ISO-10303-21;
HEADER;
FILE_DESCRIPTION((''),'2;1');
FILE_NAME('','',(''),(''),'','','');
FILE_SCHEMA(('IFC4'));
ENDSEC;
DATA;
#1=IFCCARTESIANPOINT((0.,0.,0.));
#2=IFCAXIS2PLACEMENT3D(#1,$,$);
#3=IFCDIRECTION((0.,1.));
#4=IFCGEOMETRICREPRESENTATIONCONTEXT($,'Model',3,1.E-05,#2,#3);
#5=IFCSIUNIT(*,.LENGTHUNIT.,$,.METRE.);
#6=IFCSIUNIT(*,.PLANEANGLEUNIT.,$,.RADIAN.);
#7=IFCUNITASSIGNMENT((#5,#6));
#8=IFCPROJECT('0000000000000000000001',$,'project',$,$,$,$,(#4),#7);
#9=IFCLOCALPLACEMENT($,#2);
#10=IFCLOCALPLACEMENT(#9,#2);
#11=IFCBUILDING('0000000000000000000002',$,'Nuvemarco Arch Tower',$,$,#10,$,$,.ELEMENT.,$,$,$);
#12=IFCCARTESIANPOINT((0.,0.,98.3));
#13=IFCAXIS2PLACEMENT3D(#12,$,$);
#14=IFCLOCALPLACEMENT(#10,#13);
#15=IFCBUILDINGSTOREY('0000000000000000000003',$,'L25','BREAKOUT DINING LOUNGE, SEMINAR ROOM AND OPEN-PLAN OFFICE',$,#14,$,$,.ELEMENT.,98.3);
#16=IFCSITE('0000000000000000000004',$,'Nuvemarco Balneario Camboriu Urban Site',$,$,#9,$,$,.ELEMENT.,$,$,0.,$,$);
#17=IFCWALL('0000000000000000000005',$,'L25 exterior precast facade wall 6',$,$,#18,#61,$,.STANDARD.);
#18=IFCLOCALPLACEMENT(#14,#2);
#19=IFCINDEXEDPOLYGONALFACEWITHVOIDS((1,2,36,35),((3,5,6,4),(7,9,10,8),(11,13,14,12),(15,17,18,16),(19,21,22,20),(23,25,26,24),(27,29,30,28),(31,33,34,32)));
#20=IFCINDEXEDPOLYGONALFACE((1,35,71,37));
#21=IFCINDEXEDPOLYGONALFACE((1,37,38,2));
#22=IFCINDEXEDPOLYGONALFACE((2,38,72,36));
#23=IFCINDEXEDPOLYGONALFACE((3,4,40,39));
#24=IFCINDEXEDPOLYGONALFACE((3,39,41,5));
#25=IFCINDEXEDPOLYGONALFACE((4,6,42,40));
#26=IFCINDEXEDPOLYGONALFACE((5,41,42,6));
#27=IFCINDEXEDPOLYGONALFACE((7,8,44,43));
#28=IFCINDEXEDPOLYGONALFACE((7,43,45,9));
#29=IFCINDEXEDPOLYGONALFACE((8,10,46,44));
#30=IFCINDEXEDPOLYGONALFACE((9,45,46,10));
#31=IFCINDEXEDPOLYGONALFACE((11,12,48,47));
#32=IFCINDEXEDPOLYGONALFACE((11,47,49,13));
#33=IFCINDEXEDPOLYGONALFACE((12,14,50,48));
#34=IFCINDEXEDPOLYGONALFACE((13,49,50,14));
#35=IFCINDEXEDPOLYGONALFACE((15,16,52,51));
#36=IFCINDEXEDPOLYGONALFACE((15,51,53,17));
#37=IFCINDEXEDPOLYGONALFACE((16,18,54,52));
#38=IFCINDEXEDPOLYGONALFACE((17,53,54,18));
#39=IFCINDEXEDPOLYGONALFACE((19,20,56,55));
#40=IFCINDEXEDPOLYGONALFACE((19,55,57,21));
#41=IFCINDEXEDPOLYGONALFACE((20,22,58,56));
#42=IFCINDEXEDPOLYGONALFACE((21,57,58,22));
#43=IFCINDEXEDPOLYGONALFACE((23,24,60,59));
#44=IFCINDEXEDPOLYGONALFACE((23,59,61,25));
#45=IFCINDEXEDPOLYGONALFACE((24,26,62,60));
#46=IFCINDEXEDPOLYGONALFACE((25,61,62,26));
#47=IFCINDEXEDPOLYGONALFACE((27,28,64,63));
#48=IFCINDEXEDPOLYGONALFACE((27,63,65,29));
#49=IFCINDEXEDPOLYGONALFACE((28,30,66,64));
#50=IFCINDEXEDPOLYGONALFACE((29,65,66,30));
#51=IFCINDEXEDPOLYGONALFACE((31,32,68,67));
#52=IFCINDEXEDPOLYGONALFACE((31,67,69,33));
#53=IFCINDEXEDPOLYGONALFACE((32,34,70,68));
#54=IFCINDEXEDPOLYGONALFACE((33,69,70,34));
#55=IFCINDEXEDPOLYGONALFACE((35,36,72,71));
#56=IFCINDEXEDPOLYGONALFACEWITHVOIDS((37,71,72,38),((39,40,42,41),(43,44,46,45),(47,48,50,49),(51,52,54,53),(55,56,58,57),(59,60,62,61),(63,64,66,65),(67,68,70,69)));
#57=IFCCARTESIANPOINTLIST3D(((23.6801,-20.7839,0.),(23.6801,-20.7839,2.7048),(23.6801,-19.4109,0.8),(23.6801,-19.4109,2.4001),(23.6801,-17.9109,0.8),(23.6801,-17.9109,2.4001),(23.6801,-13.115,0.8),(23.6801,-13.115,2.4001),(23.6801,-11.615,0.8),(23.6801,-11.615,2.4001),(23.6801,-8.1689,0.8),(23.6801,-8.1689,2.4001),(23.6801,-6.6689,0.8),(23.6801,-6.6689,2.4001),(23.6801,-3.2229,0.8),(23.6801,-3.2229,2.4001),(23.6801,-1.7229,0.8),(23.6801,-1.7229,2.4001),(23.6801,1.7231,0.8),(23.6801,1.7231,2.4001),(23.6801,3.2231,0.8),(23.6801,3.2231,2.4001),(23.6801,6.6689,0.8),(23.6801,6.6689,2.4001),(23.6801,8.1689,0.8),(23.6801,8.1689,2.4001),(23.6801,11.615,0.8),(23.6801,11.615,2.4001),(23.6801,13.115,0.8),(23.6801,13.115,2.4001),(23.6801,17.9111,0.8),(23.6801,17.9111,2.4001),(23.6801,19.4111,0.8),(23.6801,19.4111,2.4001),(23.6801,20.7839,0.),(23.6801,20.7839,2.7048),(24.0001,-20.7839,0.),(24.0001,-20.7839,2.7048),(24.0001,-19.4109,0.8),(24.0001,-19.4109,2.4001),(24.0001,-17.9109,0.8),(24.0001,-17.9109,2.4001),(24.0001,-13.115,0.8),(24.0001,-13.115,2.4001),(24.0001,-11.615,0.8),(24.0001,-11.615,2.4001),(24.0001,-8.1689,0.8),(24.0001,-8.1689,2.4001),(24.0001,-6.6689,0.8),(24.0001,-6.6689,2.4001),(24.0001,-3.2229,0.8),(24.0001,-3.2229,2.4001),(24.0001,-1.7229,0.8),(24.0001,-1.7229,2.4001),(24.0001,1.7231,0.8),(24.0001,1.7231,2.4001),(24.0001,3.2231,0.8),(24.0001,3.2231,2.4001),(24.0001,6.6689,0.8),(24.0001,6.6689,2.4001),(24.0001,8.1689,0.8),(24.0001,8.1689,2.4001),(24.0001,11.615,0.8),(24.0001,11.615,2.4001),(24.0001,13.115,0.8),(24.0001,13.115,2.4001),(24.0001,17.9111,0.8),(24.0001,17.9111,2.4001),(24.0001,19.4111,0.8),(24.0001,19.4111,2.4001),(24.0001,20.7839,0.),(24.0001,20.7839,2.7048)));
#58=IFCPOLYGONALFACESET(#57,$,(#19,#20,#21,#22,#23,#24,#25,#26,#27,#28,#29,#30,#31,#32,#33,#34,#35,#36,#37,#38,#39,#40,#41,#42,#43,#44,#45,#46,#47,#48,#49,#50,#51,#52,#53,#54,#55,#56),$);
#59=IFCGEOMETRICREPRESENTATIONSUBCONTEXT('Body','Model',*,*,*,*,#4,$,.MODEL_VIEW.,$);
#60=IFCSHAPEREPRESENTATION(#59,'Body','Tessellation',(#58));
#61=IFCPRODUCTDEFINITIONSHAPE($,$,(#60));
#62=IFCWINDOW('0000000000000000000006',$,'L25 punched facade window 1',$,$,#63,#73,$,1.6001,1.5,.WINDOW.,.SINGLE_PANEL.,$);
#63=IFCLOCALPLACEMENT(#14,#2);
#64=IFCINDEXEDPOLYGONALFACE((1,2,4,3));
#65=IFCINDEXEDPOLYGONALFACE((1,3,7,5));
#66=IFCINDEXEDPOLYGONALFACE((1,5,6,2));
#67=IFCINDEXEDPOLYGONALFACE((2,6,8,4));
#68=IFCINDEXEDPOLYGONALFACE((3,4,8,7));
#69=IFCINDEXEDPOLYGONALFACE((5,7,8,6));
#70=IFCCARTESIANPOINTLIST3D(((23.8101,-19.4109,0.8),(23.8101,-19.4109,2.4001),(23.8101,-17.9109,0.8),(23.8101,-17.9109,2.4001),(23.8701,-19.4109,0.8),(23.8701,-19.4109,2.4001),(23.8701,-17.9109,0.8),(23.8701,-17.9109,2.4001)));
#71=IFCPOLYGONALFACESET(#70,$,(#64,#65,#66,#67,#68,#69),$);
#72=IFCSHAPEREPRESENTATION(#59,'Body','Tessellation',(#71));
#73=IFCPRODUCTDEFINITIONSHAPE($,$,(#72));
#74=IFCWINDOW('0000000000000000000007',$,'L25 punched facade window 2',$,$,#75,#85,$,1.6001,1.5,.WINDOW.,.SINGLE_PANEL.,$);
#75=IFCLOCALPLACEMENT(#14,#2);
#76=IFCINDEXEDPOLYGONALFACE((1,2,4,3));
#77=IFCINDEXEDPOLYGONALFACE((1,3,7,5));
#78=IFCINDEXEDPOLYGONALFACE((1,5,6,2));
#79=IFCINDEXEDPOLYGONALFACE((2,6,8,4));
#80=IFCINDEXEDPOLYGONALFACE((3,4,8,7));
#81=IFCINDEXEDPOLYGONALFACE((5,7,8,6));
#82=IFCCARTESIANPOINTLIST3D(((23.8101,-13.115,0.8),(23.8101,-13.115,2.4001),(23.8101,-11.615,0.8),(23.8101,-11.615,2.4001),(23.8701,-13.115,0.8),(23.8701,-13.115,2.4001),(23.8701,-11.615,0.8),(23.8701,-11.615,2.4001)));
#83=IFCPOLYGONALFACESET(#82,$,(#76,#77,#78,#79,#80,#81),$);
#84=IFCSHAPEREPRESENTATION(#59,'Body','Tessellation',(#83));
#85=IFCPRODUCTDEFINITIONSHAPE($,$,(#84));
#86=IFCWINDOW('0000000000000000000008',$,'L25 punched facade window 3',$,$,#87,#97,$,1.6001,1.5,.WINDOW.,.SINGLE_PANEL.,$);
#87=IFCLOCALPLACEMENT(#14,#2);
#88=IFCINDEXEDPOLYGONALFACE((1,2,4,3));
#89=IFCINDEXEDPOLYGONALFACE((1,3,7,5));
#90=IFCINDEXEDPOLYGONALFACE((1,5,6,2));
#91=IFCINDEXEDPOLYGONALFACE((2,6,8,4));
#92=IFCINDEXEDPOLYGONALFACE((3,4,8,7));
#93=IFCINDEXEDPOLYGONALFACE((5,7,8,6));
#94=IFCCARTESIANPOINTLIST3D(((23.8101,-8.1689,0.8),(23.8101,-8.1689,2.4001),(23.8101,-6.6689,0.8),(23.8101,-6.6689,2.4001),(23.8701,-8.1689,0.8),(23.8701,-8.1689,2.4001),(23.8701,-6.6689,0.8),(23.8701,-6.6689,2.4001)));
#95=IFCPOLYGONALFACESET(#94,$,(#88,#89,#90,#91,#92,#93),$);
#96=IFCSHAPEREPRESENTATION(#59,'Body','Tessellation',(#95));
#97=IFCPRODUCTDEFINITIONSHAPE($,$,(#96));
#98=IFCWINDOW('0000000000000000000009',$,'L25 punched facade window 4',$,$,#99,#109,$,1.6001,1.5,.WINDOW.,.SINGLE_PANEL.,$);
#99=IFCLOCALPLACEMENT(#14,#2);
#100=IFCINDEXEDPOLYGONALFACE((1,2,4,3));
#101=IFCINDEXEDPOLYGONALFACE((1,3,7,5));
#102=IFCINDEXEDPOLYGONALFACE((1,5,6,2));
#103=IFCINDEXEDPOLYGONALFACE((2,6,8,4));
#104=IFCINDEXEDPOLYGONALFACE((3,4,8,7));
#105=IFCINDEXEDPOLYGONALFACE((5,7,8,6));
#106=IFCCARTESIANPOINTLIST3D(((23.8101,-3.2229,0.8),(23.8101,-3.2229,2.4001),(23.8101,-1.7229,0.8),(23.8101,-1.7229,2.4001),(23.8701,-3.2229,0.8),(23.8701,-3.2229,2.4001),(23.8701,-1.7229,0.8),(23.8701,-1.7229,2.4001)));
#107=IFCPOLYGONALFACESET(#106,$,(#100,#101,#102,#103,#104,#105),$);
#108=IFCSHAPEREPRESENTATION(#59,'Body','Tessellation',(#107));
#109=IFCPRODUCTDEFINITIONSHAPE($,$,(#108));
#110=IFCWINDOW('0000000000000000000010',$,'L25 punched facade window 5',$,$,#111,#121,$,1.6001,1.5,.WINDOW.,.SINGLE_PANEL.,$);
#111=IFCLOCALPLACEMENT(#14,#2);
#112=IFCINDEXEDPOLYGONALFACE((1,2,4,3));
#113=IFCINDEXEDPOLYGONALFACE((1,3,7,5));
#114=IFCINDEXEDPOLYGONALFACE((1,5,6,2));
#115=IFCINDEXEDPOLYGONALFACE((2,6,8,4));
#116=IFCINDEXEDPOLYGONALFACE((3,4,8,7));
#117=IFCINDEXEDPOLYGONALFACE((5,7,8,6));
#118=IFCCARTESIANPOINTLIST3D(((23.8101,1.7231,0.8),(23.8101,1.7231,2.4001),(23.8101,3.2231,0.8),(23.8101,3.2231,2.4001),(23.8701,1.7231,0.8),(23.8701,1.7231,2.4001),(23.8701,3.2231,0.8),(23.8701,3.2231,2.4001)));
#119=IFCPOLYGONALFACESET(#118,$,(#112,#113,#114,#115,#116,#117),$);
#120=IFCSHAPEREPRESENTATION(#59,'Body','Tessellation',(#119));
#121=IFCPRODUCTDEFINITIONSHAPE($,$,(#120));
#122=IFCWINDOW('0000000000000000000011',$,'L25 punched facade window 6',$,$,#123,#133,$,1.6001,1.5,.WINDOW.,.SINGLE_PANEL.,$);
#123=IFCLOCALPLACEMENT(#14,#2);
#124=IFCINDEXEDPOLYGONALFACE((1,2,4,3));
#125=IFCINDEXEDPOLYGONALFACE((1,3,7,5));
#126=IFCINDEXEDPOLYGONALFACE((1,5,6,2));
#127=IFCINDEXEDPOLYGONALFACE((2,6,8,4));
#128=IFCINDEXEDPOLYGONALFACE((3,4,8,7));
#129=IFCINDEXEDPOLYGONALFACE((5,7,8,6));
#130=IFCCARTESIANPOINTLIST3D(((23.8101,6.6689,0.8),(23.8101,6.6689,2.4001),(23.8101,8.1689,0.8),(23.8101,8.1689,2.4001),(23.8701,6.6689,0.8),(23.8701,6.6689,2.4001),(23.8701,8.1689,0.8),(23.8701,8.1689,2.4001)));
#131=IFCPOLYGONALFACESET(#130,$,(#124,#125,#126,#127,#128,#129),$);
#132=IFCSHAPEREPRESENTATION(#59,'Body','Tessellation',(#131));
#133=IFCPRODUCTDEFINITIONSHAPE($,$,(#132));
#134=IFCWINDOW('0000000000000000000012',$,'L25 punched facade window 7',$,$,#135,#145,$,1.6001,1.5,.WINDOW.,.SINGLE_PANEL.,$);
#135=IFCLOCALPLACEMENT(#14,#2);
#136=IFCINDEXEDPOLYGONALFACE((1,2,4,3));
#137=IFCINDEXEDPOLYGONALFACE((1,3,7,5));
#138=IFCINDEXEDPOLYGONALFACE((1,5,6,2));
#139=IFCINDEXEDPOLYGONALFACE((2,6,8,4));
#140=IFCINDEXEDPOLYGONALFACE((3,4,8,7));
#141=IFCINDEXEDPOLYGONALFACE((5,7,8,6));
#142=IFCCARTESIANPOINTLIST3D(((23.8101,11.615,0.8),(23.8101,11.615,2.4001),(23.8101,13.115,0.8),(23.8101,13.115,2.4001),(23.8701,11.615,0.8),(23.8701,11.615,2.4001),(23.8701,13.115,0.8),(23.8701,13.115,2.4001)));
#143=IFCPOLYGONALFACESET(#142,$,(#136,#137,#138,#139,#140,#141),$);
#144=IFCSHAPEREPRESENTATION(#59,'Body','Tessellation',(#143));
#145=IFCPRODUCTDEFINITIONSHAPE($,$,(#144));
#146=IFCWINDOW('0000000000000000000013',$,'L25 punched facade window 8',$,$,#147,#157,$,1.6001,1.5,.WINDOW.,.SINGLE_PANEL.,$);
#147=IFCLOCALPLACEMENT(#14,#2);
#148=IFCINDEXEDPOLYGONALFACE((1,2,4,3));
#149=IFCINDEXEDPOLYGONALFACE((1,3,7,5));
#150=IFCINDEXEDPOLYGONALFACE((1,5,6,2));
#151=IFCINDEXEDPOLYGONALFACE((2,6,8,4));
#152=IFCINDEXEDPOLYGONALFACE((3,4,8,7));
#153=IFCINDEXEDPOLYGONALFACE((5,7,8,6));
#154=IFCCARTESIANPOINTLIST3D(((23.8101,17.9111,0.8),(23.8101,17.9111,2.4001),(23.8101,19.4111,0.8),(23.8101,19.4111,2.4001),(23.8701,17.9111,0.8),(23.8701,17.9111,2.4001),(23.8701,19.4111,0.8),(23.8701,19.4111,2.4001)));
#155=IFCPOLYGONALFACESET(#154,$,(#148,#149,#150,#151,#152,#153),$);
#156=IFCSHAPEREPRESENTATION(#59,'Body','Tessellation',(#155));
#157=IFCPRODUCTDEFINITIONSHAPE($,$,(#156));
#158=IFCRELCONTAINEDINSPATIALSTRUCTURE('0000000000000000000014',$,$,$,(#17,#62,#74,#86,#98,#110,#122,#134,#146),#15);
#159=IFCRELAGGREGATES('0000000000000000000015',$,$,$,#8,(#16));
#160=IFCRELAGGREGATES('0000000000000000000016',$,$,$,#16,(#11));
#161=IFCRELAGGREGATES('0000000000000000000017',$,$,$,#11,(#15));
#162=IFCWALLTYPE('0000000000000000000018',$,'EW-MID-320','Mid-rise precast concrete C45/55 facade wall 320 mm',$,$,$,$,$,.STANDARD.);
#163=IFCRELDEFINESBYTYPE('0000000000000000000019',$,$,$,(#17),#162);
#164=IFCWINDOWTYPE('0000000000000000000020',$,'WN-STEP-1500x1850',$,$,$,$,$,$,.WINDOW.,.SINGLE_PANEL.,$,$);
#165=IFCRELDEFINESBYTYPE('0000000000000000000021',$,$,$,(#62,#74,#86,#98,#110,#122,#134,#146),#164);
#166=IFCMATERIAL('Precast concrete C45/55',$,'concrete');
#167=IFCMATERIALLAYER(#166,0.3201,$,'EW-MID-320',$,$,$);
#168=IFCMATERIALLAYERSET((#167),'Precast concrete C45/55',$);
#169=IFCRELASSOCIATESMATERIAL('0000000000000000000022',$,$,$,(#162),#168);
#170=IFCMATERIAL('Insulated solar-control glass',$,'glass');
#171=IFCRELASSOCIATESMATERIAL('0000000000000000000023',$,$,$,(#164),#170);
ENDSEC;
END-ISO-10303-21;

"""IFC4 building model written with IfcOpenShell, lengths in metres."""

from ifc_helpers import new_model, si_unit, direction, frame, frame_2d, origin, place, context, subcontext, project, spatial, rectangle, extrude, source, transform, mapped, material, layer, layer_set, type_object, type_shapes, element, fill, save


model = new_model("IFC4")

# Units and contexts
model_context = context("Model", 3, precision=1e-05, world=origin(), true_north=direction((0.0, 1.0)))
body_context = subcontext(model_context, "Body", "Model", "MODEL_VIEW")
ifc_project = project(units=[si_unit("LENGTHUNIT", "METRE"), si_unit("PLANEANGLEUNIT", "RADIAN")], contexts=[model_context])

# Site, building, storey
site_placement = place(None, origin())
site = spatial("IfcSite", under=ifc_project, at=site_placement, Name="Nuvemarco Balneario Camboriu Urban Site", CompositionType="ELEMENT", RefElevation=0.0)
building_placement = place(site_placement, origin())
building = spatial("IfcBuilding", under=site, at=building_placement, Name="Nuvemarco Arch Tower", CompositionType="ELEMENT")
storey_placement = place(building_placement, frame((0.0, 0.0, 98.3)))
storey = spatial("IfcBuildingStorey", under=building, at=storey_placement, Name="L25", Description="BREAKOUT DINING LOUNGE, SEMINAR ROOM AND OPEN-PLAN OFFICE", CompositionType="ELEMENT", Elevation=98.3)

# Shared definitions
ifc_material_1 = material(Name="Precast concrete C45/55", Category="concrete")

# Shared definitions
ifc_layer_1 = layer(ifc_material_1, 0.3201, Name="EW-MID-320")
ifc_layer_set_1 = layer_set([ifc_layer_1], Name="Precast concrete C45/55")
wall_type_1 = type_object("IfcWallType", Name="EW-MID-320", Description="Mid-rise precast concrete C45/55 facade wall 320 mm", PredefinedType="STANDARD", material=ifc_layer_set_1)

# Wall, openings, windows
wall_1_placement = place(storey_placement, frame((23.8401, -20.7839, 0.0), z_axis=(0.0, 0.0, 1.0), x_axis=(0.0, 1.0, 0.0)))
wall_1 = element("IfcWall", 1, at=wall_1_placement, inside=storey, type_object=wall_type_1, Name="L25 exterior precast facade wall 6", PredefinedType="STANDARD", context=body_context, shape_type="SweptSolid", body=[
    extrude(rectangle(XDim=41.5679, YDim=0.3201, at=frame_2d((20.7839, 0.0))), origin(), (0.0, 0.0, 1.0), 2.7048),
])
opening_1_placement = place(wall_1_placement, frame((1.373, 0.0, 0.8)))
opening_1 = element("IfcOpeningElement", 2, at=opening_1_placement, cuts=wall_1, PredefinedType="OPENING", context=body_context, shape_type="SweptSolid", body=[
    extrude(rectangle(XDim=1.5, YDim=1.6001, at=frame_2d((0.75, 0.8))), frame((0.0, 0.1699, 0.0), z_axis=(0.0, -1.0, 0.0), x_axis=(1.0, 0.0, 0.0)), (0.0, 0.0, 1.0), 0.3401),
])
opening_2_placement = place(wall_1_placement, frame((7.6689, 0.0, 0.8)))
opening_2 = element("IfcOpeningElement", 3, at=opening_2_placement, cuts=wall_1, PredefinedType="OPENING", context=body_context, shape_type="SweptSolid", body=[
    extrude(rectangle(XDim=1.5, YDim=1.6001, at=frame_2d((0.75, 0.8))), frame((0.0, 0.1699, 0.0), z_axis=(0.0, -1.0, 0.0), x_axis=(1.0, 0.0, 0.0)), (0.0, 0.0, 1.0), 0.3401),
])
opening_3_placement = place(wall_1_placement, frame((12.615, 0.0, 0.8)))
opening_3 = element("IfcOpeningElement", 4, at=opening_3_placement, cuts=wall_1, PredefinedType="OPENING", context=body_context, shape_type="SweptSolid", body=[
    extrude(rectangle(XDim=1.5, YDim=1.6001, at=frame_2d((0.75, 0.8))), frame((0.0, 0.1699, 0.0), z_axis=(0.0, -1.0, 0.0), x_axis=(1.0, 0.0, 0.0)), (0.0, 0.0, 1.0), 0.3401),
])
opening_4_placement = place(wall_1_placement, frame((17.561, 0.0, 0.8)))
opening_4 = element("IfcOpeningElement", 5, at=opening_4_placement, cuts=wall_1, PredefinedType="OPENING", context=body_context, shape_type="SweptSolid", body=[
    extrude(rectangle(XDim=1.5, YDim=1.6001, at=frame_2d((0.75, 0.8))), frame((0.0, 0.1699, 0.0), z_axis=(0.0, -1.0, 0.0), x_axis=(1.0, 0.0, 0.0)), (0.0, 0.0, 1.0), 0.3401),
])
opening_5_placement = place(wall_1_placement, frame((22.5071, 0.0, 0.8)))
opening_5 = element("IfcOpeningElement", 6, at=opening_5_placement, cuts=wall_1, PredefinedType="OPENING", context=body_context, shape_type="SweptSolid", body=[
    extrude(rectangle(XDim=1.5, YDim=1.6001, at=frame_2d((0.75, 0.8))), frame((0.0, 0.1699, 0.0), z_axis=(0.0, -1.0, 0.0), x_axis=(1.0, 0.0, 0.0)), (0.0, 0.0, 1.0), 0.3401),
])
opening_6_placement = place(wall_1_placement, frame((27.4529, 0.0, 0.8)))
opening_6 = element("IfcOpeningElement", 7, at=opening_6_placement, cuts=wall_1, PredefinedType="OPENING", context=body_context, shape_type="SweptSolid", body=[
    extrude(rectangle(XDim=1.5, YDim=1.6001, at=frame_2d((0.75, 0.8))), frame((0.0, 0.1699, 0.0), z_axis=(0.0, -1.0, 0.0), x_axis=(1.0, 0.0, 0.0)), (0.0, 0.0, 1.0), 0.3401),
])
opening_7_placement = place(wall_1_placement, frame((32.3989, 0.0, 0.8)))
opening_7 = element("IfcOpeningElement", 8, at=opening_7_placement, cuts=wall_1, PredefinedType="OPENING", context=body_context, shape_type="SweptSolid", body=[
    extrude(rectangle(XDim=1.5, YDim=1.6001, at=frame_2d((0.75, 0.8))), frame((0.0, 0.1699, 0.0), z_axis=(0.0, -1.0, 0.0), x_axis=(1.0, 0.0, 0.0)), (0.0, 0.0, 1.0), 0.3401),
])
opening_8_placement = place(wall_1_placement, frame((38.6951, 0.0, 0.8)))
opening_8 = element("IfcOpeningElement", 9, at=opening_8_placement, cuts=wall_1, PredefinedType="OPENING", context=body_context, shape_type="SweptSolid", body=[
    extrude(rectangle(XDim=1.5, YDim=1.6001, at=frame_2d((0.75, 0.8))), frame((0.0, 0.1699, 0.0), z_axis=(0.0, -1.0, 0.0), x_axis=(1.0, 0.0, 0.0)), (0.0, 0.0, 1.0), 0.3401),
])
ifc_material_2 = material(Name="Insulated solar-control glass", Category="glass")
window_type = type_object("IfcWindowType", Name="WN-STEP-1500x1850", PartitioningType="SINGLE_PANEL", PredefinedType="WINDOW", material=ifc_material_2)
shared_shape_1 = source(origin(), body_context, "Body", "SweptSolid", [
    extrude(rectangle(XDim=1.5, YDim=1.6001, at=frame_2d((0.75, 0.8))), frame((0.0, 0.03, 0.0), z_axis=(0.0, -1.0, 0.0), x_axis=(1.0, 0.0, 0.0)), (0.0, 0.0, 1.0), 0.0601),
])
type_shapes(window_type, [shared_shape_1])
window_1_placement = place(opening_1_placement, origin())
window_1 = element("IfcWindow", 10, at=window_1_placement, inside=storey, type_object=window_type, Name="L25 punched facade window 1", OverallHeight=1.6001, OverallWidth=1.5, PartitioningType="SINGLE_PANEL", PredefinedType="WINDOW", context=body_context, shape_type="MappedRepresentation", body=[
    mapped(shared_shape_1, transform((0.0, 0.0, 0.0), scale=1.0)),
])
fill(opening_1, window_1)
window_2_placement = place(opening_2_placement, origin())
window_2 = element("IfcWindow", 11, at=window_2_placement, inside=storey, type_object=window_type, Name="L25 punched facade window 2", OverallHeight=1.6001, OverallWidth=1.5, PartitioningType="SINGLE_PANEL", PredefinedType="WINDOW", context=body_context, shape_type="MappedRepresentation", body=[
    mapped(shared_shape_1, transform((0.0, 0.0, 0.0), scale=1.0)),
])
fill(opening_2, window_2)
window_3_placement = place(opening_3_placement, origin())
window_3 = element("IfcWindow", 12, at=window_3_placement, inside=storey, type_object=window_type, Name="L25 punched facade window 3", OverallHeight=1.6001, OverallWidth=1.5, PartitioningType="SINGLE_PANEL", PredefinedType="WINDOW", context=body_context, shape_type="MappedRepresentation", body=[
    mapped(shared_shape_1, transform((0.0, 0.0, 0.0), scale=1.0)),
])
fill(opening_3, window_3)
window_4_placement = place(opening_4_placement, origin())
window_4 = element("IfcWindow", 13, at=window_4_placement, inside=storey, type_object=window_type, Name="L25 punched facade window 4", OverallHeight=1.6001, OverallWidth=1.5, PartitioningType="SINGLE_PANEL", PredefinedType="WINDOW", context=body_context, shape_type="MappedRepresentation", body=[
    mapped(shared_shape_1, transform((0.0, 0.0, 0.0), scale=1.0)),
])
fill(opening_4, window_4)
window_5_placement = place(opening_5_placement, origin())
window_5 = element("IfcWindow", 14, at=window_5_placement, inside=storey, type_object=window_type, Name="L25 punched facade window 5", OverallHeight=1.6001, OverallWidth=1.5, PartitioningType="SINGLE_PANEL", PredefinedType="WINDOW", context=body_context, shape_type="MappedRepresentation", body=[
    mapped(shared_shape_1, transform((0.0, 0.0, 0.0), scale=1.0)),
])
fill(opening_5, window_5)
window_6_placement = place(opening_6_placement, origin())
window_6 = element("IfcWindow", 15, at=window_6_placement, inside=storey, type_object=window_type, Name="L25 punched facade window 6", OverallHeight=1.6001, OverallWidth=1.5, PartitioningType="SINGLE_PANEL", PredefinedType="WINDOW", context=body_context, shape_type="MappedRepresentation", body=[
    mapped(shared_shape_1, transform((0.0, 0.0, 0.0), scale=1.0)),
])
fill(opening_6, window_6)
window_7_placement = place(opening_7_placement, origin())
window_7 = element("IfcWindow", 16, at=window_7_placement, inside=storey, type_object=window_type, Name="L25 punched facade window 7", OverallHeight=1.6001, OverallWidth=1.5, PartitioningType="SINGLE_PANEL", PredefinedType="WINDOW", context=body_context, shape_type="MappedRepresentation", body=[
    mapped(shared_shape_1, transform((0.0, 0.0, 0.0), scale=1.0)),
])
fill(opening_7, window_7)
window_8_placement = place(opening_8_placement, origin())
window_8 = element("IfcWindow", 17, at=window_8_placement, inside=storey, type_object=window_type, Name="L25 punched facade window 8", OverallHeight=1.6001, OverallWidth=1.5, PartitioningType="SINGLE_PANEL", PredefinedType="WINDOW", context=body_context, shape_type="MappedRepresentation", body=[
    mapped(shared_shape_1, transform((0.0, 0.0, 0.0), scale=1.0)),
])
fill(opening_8, window_8)

save(model, "model.ifc")
